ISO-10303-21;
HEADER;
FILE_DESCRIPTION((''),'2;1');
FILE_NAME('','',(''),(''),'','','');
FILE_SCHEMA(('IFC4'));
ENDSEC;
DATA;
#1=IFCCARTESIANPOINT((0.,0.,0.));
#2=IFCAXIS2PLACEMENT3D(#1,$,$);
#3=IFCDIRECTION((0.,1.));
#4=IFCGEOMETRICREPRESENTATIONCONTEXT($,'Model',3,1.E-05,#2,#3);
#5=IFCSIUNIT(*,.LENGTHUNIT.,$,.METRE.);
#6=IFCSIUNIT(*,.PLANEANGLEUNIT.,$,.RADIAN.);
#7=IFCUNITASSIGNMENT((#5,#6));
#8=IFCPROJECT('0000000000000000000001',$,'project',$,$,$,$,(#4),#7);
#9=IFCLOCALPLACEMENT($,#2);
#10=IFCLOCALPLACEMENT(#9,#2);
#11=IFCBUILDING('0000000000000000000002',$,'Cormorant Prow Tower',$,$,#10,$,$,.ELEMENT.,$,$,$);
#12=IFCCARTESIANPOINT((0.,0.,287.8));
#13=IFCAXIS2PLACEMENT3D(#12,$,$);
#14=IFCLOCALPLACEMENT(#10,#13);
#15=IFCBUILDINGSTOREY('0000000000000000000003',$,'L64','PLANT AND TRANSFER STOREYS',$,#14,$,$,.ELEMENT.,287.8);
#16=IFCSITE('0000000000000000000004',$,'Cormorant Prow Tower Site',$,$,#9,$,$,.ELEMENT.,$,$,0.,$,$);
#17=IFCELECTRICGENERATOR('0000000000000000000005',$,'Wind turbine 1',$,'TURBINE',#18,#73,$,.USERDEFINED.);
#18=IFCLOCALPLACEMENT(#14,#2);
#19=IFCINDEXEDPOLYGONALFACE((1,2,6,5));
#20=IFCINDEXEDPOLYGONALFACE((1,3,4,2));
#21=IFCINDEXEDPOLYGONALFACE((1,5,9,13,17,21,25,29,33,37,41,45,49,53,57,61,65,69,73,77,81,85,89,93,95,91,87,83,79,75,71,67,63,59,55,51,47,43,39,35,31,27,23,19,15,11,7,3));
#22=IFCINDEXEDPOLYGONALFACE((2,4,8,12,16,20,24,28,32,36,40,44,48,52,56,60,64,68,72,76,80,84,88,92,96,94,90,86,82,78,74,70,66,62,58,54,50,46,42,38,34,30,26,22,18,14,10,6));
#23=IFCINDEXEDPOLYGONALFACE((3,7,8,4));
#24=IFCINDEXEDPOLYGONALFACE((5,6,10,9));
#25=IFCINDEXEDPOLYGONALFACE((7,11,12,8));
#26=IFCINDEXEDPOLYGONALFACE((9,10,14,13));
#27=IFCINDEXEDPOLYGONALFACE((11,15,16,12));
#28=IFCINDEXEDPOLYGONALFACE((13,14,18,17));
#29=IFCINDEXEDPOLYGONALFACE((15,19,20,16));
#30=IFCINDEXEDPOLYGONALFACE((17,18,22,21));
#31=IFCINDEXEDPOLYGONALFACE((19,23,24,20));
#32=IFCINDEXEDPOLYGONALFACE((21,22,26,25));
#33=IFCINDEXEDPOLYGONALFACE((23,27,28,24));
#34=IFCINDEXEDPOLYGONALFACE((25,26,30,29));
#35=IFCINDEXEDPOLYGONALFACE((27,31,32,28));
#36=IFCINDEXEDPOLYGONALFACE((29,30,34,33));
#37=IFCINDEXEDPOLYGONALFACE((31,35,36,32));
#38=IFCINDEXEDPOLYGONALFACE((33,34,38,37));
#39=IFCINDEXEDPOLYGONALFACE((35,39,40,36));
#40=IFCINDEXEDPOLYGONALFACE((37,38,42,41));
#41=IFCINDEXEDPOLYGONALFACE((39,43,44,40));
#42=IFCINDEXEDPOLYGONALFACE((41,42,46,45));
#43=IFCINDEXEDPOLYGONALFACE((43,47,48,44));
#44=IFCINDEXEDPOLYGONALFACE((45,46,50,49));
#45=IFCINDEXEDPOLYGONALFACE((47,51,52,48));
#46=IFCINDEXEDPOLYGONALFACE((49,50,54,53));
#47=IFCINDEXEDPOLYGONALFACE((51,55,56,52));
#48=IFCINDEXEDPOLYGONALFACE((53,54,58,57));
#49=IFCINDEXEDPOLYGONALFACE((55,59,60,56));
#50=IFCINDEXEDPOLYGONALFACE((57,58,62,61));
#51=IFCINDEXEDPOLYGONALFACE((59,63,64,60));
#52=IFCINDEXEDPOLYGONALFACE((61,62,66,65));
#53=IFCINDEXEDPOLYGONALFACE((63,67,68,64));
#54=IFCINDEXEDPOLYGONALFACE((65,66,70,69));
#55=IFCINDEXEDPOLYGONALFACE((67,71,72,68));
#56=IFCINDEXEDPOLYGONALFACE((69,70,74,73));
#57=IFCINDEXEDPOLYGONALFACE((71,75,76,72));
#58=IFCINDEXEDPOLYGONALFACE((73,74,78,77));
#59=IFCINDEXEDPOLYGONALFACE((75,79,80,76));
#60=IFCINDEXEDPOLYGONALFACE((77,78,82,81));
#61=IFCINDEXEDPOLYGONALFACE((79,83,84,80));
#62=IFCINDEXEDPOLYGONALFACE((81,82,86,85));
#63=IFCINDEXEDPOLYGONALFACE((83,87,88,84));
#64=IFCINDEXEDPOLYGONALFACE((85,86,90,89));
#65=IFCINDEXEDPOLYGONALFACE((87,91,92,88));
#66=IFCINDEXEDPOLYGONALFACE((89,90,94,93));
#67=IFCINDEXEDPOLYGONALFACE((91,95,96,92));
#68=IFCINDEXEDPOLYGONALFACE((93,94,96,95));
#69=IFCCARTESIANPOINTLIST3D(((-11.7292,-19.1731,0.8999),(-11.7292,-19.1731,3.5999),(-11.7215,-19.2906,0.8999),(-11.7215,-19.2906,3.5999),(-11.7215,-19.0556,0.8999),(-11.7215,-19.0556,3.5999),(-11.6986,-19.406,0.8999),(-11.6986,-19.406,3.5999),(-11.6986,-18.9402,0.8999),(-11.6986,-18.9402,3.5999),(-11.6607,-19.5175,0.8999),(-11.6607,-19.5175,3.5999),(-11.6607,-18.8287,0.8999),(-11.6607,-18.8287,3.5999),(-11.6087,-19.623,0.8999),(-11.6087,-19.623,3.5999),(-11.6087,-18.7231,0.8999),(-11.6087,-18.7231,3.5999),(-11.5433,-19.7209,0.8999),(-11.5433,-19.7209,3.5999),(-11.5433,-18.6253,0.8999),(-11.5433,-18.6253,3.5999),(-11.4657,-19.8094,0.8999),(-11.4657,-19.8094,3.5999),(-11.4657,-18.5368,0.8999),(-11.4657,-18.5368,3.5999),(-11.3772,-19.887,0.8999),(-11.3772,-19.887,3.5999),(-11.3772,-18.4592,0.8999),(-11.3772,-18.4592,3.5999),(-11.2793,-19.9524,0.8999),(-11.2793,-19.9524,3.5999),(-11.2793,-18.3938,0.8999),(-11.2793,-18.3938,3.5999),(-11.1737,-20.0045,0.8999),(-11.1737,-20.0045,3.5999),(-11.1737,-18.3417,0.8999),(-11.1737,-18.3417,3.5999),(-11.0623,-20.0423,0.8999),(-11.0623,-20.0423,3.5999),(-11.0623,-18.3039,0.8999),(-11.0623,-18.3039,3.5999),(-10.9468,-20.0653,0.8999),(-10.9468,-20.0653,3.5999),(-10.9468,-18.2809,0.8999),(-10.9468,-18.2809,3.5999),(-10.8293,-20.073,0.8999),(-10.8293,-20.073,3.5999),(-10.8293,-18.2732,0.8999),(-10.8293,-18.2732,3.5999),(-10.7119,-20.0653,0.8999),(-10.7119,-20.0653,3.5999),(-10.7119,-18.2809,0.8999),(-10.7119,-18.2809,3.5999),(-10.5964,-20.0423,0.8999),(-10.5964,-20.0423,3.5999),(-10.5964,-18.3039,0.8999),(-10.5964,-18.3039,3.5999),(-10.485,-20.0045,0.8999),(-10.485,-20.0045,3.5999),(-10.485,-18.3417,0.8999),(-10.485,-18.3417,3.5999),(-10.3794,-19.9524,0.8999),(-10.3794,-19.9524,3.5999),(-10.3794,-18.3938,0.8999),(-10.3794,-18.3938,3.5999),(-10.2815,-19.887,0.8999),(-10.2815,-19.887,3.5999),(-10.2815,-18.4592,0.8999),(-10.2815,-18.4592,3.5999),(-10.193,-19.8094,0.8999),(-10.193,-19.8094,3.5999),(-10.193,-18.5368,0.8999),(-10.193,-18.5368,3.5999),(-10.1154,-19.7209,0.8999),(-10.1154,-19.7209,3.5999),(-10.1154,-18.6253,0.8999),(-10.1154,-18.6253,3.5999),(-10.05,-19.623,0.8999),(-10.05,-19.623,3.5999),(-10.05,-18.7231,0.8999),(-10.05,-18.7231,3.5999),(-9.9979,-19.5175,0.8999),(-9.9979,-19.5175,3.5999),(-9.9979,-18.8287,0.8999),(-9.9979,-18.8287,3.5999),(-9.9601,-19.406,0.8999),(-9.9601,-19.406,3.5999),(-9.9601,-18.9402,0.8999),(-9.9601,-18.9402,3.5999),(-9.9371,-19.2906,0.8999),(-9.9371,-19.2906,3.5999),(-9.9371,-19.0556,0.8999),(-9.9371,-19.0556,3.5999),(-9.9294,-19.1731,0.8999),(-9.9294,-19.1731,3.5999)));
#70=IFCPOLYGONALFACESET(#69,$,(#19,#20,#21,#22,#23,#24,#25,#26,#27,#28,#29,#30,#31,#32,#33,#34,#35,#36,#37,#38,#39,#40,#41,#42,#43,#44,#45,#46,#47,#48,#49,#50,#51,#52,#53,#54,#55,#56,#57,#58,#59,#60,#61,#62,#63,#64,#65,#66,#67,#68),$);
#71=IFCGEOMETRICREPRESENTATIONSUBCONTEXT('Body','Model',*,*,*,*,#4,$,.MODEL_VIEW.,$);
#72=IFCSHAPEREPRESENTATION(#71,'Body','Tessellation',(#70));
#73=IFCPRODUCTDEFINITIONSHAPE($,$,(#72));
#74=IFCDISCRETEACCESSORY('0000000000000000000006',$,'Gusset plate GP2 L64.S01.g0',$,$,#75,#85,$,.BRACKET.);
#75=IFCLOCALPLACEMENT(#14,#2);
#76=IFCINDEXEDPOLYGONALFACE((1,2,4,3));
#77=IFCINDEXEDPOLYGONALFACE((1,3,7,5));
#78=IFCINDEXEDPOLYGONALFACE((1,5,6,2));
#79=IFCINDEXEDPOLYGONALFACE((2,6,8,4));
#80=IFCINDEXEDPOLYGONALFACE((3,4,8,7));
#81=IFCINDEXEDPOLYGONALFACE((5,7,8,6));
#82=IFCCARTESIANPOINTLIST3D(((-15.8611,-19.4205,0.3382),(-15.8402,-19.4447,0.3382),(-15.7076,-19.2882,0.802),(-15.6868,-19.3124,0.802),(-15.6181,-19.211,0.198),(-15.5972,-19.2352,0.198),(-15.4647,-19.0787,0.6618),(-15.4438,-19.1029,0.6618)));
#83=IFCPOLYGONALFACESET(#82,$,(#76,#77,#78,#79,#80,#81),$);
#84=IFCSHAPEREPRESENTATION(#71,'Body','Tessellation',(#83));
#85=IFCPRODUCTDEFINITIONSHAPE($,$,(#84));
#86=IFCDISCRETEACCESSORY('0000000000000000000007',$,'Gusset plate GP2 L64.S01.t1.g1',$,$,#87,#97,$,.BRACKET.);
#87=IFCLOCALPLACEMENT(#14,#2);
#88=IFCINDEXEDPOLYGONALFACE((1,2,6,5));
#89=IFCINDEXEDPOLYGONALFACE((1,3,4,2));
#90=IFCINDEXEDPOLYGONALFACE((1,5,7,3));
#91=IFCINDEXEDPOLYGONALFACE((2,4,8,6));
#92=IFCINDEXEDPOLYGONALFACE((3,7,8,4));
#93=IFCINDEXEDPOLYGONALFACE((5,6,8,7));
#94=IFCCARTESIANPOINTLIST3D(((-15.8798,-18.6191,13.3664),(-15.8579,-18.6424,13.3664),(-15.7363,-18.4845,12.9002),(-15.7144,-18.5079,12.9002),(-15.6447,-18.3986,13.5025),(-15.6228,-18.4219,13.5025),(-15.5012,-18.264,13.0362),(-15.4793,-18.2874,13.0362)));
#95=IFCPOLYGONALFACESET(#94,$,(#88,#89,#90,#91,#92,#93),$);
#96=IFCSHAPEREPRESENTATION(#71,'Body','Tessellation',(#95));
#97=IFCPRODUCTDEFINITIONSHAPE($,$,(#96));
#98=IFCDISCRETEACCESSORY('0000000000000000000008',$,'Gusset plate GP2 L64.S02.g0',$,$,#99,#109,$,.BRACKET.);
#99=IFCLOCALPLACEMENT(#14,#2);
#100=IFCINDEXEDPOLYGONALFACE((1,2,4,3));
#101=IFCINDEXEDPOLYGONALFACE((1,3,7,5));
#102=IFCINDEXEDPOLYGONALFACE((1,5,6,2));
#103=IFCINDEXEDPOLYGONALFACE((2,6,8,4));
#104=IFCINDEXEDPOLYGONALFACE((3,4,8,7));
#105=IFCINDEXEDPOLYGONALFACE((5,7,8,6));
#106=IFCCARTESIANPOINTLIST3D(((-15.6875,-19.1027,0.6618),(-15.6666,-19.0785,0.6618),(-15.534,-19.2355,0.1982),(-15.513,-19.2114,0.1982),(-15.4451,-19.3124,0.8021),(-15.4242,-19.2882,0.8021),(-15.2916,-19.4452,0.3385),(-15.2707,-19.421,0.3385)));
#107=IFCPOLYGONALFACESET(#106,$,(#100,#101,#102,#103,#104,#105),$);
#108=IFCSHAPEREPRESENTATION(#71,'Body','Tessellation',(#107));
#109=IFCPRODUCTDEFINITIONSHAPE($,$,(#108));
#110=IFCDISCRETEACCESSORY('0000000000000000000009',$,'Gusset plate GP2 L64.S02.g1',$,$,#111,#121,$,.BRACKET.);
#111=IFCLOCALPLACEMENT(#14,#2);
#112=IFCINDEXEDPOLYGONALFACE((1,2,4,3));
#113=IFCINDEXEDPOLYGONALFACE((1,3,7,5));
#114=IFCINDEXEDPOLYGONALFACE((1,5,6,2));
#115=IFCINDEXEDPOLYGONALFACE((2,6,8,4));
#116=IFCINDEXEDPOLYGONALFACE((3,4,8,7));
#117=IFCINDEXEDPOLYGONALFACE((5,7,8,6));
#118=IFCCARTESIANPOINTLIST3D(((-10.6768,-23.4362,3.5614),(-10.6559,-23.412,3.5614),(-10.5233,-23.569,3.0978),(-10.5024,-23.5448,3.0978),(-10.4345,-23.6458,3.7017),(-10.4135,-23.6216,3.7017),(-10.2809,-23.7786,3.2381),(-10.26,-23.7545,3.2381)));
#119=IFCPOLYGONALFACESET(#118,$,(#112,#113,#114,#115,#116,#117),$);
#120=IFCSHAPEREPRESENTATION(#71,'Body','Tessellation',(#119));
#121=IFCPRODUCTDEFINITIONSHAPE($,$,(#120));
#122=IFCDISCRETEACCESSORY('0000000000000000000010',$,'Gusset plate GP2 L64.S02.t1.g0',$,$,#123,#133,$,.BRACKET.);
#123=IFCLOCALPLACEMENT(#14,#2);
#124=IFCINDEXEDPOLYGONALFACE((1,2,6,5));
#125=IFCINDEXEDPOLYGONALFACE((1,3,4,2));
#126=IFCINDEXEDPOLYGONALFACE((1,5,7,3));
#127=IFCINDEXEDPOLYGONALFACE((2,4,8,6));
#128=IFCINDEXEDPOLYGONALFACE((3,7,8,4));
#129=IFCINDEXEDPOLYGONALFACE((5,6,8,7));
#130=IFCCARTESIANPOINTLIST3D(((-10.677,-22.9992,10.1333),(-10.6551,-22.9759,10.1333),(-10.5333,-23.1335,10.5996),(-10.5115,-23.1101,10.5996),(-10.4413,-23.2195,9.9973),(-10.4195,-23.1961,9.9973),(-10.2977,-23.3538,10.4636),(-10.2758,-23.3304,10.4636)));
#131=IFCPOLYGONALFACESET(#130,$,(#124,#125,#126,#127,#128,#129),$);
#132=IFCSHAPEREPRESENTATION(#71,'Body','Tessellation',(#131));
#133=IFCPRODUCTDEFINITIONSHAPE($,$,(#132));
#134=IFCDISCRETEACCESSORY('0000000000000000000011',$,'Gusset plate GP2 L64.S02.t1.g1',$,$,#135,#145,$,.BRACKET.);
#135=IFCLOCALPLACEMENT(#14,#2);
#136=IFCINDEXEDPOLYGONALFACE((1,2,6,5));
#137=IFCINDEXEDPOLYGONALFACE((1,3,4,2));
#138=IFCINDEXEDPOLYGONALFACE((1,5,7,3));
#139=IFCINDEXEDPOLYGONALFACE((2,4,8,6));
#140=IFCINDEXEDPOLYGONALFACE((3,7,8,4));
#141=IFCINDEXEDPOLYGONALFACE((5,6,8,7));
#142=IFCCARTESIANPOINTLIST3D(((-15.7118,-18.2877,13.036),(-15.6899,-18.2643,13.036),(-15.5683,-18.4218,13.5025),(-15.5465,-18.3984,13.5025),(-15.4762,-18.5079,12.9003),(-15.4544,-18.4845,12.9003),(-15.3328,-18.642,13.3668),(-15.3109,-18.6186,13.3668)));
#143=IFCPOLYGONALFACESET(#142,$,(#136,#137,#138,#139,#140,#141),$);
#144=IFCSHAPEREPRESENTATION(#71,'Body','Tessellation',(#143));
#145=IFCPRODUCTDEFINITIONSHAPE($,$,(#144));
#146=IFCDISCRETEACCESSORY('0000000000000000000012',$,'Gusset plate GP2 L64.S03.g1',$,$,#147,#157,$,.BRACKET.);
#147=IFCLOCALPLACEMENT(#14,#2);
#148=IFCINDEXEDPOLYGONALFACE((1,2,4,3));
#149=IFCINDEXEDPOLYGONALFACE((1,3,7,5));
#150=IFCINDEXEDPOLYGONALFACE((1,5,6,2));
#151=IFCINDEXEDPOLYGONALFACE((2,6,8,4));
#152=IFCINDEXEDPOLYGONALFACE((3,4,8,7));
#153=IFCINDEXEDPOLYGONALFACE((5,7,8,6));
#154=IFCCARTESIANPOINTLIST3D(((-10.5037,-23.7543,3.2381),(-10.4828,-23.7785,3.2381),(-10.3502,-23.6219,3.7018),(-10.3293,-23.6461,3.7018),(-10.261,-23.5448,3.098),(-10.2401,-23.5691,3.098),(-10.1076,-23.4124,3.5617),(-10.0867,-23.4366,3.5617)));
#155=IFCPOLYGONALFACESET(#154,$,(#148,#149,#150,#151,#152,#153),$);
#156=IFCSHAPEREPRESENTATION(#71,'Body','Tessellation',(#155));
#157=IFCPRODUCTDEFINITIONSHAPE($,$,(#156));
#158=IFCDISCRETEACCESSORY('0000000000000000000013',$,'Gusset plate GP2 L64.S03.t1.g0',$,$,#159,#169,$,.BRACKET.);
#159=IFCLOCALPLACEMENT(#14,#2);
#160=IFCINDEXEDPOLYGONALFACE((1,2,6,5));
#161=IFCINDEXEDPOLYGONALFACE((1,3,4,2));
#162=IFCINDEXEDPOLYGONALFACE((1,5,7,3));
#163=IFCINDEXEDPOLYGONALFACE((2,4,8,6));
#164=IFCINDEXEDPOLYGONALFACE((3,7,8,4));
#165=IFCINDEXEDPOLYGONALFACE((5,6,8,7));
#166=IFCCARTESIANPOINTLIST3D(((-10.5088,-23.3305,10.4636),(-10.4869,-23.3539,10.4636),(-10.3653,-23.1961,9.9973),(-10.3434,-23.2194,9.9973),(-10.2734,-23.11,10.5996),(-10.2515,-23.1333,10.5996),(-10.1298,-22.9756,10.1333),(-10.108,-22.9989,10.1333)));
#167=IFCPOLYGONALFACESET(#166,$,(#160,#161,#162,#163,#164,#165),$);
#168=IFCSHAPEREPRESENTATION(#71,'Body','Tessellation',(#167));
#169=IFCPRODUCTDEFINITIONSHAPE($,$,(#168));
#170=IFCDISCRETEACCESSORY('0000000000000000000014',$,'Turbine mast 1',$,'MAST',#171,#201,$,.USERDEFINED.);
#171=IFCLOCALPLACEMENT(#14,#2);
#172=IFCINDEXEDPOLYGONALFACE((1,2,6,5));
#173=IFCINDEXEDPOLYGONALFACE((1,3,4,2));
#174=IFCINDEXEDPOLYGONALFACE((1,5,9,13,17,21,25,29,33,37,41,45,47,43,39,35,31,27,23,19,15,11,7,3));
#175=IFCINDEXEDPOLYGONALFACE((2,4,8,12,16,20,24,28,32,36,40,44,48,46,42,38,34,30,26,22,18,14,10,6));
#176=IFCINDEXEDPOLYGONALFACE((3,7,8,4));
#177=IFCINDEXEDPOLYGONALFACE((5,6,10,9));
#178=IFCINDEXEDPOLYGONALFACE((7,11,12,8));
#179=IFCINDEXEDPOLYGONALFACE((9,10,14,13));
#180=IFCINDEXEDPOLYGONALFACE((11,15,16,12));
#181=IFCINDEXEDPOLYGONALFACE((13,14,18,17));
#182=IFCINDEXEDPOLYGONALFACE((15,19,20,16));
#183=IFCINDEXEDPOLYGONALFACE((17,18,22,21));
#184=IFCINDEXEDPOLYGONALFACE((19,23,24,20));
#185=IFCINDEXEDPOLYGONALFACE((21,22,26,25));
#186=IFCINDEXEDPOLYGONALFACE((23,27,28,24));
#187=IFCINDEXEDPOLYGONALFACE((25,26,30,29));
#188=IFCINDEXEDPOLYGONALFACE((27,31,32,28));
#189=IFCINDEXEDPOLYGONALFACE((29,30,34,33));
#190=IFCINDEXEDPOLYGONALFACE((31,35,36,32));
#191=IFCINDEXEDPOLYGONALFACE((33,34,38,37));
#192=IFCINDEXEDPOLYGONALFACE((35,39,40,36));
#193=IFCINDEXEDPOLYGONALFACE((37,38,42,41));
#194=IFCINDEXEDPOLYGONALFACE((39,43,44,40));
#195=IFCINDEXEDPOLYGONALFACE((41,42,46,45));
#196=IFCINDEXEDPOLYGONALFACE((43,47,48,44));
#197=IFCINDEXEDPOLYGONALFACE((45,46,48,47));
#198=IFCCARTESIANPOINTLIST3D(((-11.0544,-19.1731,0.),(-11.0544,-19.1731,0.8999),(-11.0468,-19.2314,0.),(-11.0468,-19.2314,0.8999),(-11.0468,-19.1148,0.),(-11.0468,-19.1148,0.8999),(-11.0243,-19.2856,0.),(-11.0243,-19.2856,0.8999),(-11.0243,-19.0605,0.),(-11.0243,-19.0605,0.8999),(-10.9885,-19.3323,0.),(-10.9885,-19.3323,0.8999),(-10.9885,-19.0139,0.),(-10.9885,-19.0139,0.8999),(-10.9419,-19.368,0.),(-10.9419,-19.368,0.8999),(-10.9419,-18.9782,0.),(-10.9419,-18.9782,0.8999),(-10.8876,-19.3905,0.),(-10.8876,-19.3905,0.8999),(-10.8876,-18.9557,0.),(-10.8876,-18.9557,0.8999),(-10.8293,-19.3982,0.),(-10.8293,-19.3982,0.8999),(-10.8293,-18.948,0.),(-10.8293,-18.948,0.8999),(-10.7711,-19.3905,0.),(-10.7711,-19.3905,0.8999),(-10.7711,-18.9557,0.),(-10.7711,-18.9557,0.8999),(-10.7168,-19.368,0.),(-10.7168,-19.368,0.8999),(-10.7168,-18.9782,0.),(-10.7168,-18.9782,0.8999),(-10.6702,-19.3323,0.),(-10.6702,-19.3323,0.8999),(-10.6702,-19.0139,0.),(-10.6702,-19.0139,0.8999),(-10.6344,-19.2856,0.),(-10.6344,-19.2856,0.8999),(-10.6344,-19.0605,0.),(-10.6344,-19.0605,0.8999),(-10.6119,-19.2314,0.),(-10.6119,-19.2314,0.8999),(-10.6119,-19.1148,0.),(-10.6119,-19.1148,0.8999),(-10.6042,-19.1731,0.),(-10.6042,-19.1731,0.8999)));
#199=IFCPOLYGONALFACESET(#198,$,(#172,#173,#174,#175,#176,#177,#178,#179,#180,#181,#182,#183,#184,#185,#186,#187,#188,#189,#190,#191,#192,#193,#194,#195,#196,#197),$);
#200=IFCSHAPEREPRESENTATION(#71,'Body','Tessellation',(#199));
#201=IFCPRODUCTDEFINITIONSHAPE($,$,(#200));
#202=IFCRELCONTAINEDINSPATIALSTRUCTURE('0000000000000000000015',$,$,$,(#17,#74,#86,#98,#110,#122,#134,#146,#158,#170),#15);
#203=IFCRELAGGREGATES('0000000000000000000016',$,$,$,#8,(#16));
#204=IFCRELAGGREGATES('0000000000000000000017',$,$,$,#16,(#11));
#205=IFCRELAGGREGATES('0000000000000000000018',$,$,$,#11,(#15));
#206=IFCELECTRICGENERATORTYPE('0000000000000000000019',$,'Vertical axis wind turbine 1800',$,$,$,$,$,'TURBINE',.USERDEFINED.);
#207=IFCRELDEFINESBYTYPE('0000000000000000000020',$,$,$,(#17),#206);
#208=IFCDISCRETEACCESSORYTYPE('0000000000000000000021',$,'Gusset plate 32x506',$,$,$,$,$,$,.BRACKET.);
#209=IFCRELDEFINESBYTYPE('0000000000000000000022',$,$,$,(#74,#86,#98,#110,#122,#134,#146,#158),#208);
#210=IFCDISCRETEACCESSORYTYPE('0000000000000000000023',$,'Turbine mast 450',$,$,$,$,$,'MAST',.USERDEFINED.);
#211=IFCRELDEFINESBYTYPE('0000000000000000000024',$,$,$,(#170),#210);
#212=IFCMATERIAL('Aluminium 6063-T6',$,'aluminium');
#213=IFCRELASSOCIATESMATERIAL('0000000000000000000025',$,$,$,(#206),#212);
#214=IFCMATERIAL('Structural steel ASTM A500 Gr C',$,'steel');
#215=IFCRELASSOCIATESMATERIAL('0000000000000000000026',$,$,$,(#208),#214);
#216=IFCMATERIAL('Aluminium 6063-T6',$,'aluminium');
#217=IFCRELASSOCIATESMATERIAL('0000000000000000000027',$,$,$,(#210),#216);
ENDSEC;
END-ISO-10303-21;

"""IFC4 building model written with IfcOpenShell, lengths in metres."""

from ifc_helpers import new_model, si_unit, direction, frame, origin, origin_2d, place, context, subcontext, project, spatial, rectangle, circle, extrude, material, material_profile, profile_set, type_object, element, save


model = new_model("IFC4")

# Units and contexts
model_context = context("Model", 3, precision=1e-05, world=origin(), true_north=direction((0.0, 1.0)))
body_context = subcontext(model_context, "Body", "Model", "MODEL_VIEW")
ifc_project = project(units=[si_unit("LENGTHUNIT", "METRE"), si_unit("PLANEANGLEUNIT", "RADIAN")], contexts=[model_context])

# Site, building, storey
site_placement = place(None, origin())
site = spatial("IfcSite", under=ifc_project, at=site_placement, Name="Cormorant Prow Tower Site", CompositionType="ELEMENT", RefElevation=0.0)
building_placement = place(site_placement, origin())
building = spatial("IfcBuilding", under=site, at=building_placement, Name="Cormorant Prow Tower", CompositionType="ELEMENT")
storey_placement = place(building_placement, frame((0.0, 0.0, 287.8)))
storey = spatial("IfcBuildingStorey", under=building, at=storey_placement, Name="L64", Description="PLANT AND TRANSFER STOREYS", CompositionType="ELEMENT", Elevation=287.8)

# Electric generator
ifc_material_1 = material(Name="Aluminium 6063-T6", Category="aluminium")
ifc_material_profile_1 = material_profile(ifc_material_1, circle(Radius=0.8999, at=origin_2d()), Name="Vertical axis wind turbine 1800")
ifc_profile_set_1 = profile_set([ifc_material_profile_1], Name="Aluminium 6063-T6")
electric_generator_type = type_object("IfcElectricGeneratorType", Name="Vertical axis wind turbine 1800", ElementType="TURBINE", PredefinedType="USERDEFINED", material=ifc_profile_set_1)
electric_generator_placement = place(storey_placement, frame((-10.8293, -19.1731, 0.8999), z_axis=(0.0, 0.0, 1.0), x_axis=(1.0, 0.0, 0.0)))
element("IfcElectricGenerator", 1, at=electric_generator_placement, inside=storey, type_object=electric_generator_type, Name="Wind turbine 1", ObjectType="TURBINE", PredefinedType="USERDEFINED", context=body_context, shape_type="SweptSolid", body=[
    extrude(circle(Radius=0.8999, at=origin_2d()), origin(), (0.0, 0.0, 1.0), 2.7),
])

# Discrete accessories
ifc_material_2 = material(Name="Structural steel ASTM A500 Gr C", Category="steel")
ifc_material_profile_2 = material_profile(ifc_material_2, rectangle(XDim=0.032, YDim=0.5061, at=origin_2d()), Name="Gusset plate 32x506")
ifc_profile_set_2 = profile_set([ifc_material_profile_2], Name="Structural steel ASTM A500 Gr C")
discrete_accessory_type_1 = type_object("IfcDiscreteAccessoryType", Name="Gusset plate 32x506", PredefinedType="BRACKET", material=ifc_profile_set_2)
discrete_accessory_1_placement = place(storey_placement, frame((-15.7739, -19.3665, 0.5701), z_axis=(0.69398, 0.598427, -0.400346), x_axis=(-0.653045, 0.757319, 0.0)))
element("IfcDiscreteAccessory", 2, at=discrete_accessory_1_placement, inside=storey, type_object=discrete_accessory_type_1, Name="Gusset plate GP2 L64.S01.g0", PredefinedType="BRACKET", context=body_context, shape_type="SweptSolid", body=[
    extrude(rectangle(XDim=0.032, YDim=0.5061, at=origin_2d()), origin(), (0.0, 0.0, 1.0), 0.3501),
])
for number, where, z_axis, x_axis, name in (
    (3, (-15.7971, -18.5635, 13.1333), (0.672092, 0.630217, 0.388739), (-0.684017, 0.729466, 0.0), "Gusset plate GP2 L64.S01.t1.g1"),
    (4, (-15.3579, -19.3667, 0.5703), (-0.692772, 0.599286, -0.401152), (-0.654234, -0.756292, 0.0), "Gusset plate GP2 L64.S02.g0"),
    (5, (-10.5896, -23.4905, 3.3296), (0.692772, -0.599286, 0.401152), (0.654234, 0.756292, 0.0), "Gusset plate GP2 L64.S02.g1"),
):
    element("IfcDiscreteAccessory", number, at=place(storey_placement, frame(where, z_axis=z_axis, x_axis=x_axis)), inside=storey, type_object=discrete_accessory_type_1, Name=name, PredefinedType="BRACKET", context=body_context, shape_type="SweptSolid", body=[
        extrude(rectangle(XDim=0.032, YDim=0.5061, at=origin_2d()), origin(), (0.0, 0.0, 1.0), 0.3499),
    ])
discrete_accessory_2_placement = place(storey_placement, frame((-10.5942, -23.0547, 10.3665), z_axis=(0.673152, -0.629205, -0.388545), x_axis=(0.682858, 0.730552, 0.0)))
element("IfcDiscreteAccessory", 6, at=discrete_accessory_2_placement, inside=storey, type_object=discrete_accessory_type_1, Name="Gusset plate GP2 L64.S02.t1.g0", PredefinedType="BRACKET", context=body_context, shape_type="SweptSolid", body=[
    extrude(rectangle(XDim=0.032, YDim=0.5061, at=origin_2d()), origin(), (0.0, 0.0, 1.0), 0.3501),
])
for number, where, z_axis, x_axis, name in (
    (7, (-15.3936, -18.5632, 13.1335), (-0.673334, 0.629376, 0.387952), (-0.682858, -0.730552, 0.0), "Gusset plate GP2 L64.S02.t1.g1"),
    (8, (-10.1738, -23.4907, 3.3298), (-0.693618, -0.598717, 0.40054), (0.653422, -0.756994, 0.0), "Gusset plate GP2 L64.S03.g1"),
):
    element("IfcDiscreteAccessory", number, at=place(storey_placement, frame(where, z_axis=z_axis, x_axis=x_axis)), inside=storey, type_object=discrete_accessory_type_1, Name=name, PredefinedType="BRACKET", context=body_context, shape_type="SweptSolid", body=[
        extrude(rectangle(XDim=0.032, YDim=0.5061, at=origin_2d()), origin(), (0.0, 0.0, 1.0), 0.3499),
    ])
discrete_accessory_3_placement = place(storey_placement, frame((-10.1907, -23.0544, 10.3665), z_axis=(-0.672475, -0.629922, -0.388556), x_axis=(0.683639, -0.72982, 0.0)))
element("IfcDiscreteAccessory", 9, at=discrete_accessory_3_placement, inside=storey, type_object=discrete_accessory_type_1, Name="Gusset plate GP2 L64.S03.t1.g0", PredefinedType="BRACKET", context=body_context, shape_type="SweptSolid", body=[
    extrude(rectangle(XDim=0.032, YDim=0.5061, at=origin_2d()), origin(), (0.0, 0.0, 1.0), 0.3501),
])
ifc_material_3 = material(Name="Aluminium 6063-T6", Category="aluminium")
ifc_material_profile_3 = material_profile(ifc_material_3, circle(Radius=0.2251, at=origin_2d()), Name="Turbine mast 450")
ifc_profile_set_3 = profile_set([ifc_material_profile_3], Name="Aluminium 6063-T6")
discrete_accessory_type_2 = type_object("IfcDiscreteAccessoryType", Name="Turbine mast 450", ElementType="MAST", PredefinedType="USERDEFINED", material=ifc_profile_set_3)
discrete_accessory_4_placement = place(storey_placement, frame((-10.8293, -19.1731, 0.0), z_axis=(0.0, 0.0, 1.0), x_axis=(1.0, 0.0, 0.0)))
element("IfcDiscreteAccessory", 10, at=discrete_accessory_4_placement, inside=storey, type_object=discrete_accessory_type_2, Name="Turbine mast 1", ObjectType="MAST", PredefinedType="USERDEFINED", context=body_context, shape_type="SweptSolid", body=[
    extrude(circle(Radius=0.2251, at=origin_2d()), origin(), (0.0, 0.0, 1.0), 0.8999),
])

save(model, "model.ifc")
